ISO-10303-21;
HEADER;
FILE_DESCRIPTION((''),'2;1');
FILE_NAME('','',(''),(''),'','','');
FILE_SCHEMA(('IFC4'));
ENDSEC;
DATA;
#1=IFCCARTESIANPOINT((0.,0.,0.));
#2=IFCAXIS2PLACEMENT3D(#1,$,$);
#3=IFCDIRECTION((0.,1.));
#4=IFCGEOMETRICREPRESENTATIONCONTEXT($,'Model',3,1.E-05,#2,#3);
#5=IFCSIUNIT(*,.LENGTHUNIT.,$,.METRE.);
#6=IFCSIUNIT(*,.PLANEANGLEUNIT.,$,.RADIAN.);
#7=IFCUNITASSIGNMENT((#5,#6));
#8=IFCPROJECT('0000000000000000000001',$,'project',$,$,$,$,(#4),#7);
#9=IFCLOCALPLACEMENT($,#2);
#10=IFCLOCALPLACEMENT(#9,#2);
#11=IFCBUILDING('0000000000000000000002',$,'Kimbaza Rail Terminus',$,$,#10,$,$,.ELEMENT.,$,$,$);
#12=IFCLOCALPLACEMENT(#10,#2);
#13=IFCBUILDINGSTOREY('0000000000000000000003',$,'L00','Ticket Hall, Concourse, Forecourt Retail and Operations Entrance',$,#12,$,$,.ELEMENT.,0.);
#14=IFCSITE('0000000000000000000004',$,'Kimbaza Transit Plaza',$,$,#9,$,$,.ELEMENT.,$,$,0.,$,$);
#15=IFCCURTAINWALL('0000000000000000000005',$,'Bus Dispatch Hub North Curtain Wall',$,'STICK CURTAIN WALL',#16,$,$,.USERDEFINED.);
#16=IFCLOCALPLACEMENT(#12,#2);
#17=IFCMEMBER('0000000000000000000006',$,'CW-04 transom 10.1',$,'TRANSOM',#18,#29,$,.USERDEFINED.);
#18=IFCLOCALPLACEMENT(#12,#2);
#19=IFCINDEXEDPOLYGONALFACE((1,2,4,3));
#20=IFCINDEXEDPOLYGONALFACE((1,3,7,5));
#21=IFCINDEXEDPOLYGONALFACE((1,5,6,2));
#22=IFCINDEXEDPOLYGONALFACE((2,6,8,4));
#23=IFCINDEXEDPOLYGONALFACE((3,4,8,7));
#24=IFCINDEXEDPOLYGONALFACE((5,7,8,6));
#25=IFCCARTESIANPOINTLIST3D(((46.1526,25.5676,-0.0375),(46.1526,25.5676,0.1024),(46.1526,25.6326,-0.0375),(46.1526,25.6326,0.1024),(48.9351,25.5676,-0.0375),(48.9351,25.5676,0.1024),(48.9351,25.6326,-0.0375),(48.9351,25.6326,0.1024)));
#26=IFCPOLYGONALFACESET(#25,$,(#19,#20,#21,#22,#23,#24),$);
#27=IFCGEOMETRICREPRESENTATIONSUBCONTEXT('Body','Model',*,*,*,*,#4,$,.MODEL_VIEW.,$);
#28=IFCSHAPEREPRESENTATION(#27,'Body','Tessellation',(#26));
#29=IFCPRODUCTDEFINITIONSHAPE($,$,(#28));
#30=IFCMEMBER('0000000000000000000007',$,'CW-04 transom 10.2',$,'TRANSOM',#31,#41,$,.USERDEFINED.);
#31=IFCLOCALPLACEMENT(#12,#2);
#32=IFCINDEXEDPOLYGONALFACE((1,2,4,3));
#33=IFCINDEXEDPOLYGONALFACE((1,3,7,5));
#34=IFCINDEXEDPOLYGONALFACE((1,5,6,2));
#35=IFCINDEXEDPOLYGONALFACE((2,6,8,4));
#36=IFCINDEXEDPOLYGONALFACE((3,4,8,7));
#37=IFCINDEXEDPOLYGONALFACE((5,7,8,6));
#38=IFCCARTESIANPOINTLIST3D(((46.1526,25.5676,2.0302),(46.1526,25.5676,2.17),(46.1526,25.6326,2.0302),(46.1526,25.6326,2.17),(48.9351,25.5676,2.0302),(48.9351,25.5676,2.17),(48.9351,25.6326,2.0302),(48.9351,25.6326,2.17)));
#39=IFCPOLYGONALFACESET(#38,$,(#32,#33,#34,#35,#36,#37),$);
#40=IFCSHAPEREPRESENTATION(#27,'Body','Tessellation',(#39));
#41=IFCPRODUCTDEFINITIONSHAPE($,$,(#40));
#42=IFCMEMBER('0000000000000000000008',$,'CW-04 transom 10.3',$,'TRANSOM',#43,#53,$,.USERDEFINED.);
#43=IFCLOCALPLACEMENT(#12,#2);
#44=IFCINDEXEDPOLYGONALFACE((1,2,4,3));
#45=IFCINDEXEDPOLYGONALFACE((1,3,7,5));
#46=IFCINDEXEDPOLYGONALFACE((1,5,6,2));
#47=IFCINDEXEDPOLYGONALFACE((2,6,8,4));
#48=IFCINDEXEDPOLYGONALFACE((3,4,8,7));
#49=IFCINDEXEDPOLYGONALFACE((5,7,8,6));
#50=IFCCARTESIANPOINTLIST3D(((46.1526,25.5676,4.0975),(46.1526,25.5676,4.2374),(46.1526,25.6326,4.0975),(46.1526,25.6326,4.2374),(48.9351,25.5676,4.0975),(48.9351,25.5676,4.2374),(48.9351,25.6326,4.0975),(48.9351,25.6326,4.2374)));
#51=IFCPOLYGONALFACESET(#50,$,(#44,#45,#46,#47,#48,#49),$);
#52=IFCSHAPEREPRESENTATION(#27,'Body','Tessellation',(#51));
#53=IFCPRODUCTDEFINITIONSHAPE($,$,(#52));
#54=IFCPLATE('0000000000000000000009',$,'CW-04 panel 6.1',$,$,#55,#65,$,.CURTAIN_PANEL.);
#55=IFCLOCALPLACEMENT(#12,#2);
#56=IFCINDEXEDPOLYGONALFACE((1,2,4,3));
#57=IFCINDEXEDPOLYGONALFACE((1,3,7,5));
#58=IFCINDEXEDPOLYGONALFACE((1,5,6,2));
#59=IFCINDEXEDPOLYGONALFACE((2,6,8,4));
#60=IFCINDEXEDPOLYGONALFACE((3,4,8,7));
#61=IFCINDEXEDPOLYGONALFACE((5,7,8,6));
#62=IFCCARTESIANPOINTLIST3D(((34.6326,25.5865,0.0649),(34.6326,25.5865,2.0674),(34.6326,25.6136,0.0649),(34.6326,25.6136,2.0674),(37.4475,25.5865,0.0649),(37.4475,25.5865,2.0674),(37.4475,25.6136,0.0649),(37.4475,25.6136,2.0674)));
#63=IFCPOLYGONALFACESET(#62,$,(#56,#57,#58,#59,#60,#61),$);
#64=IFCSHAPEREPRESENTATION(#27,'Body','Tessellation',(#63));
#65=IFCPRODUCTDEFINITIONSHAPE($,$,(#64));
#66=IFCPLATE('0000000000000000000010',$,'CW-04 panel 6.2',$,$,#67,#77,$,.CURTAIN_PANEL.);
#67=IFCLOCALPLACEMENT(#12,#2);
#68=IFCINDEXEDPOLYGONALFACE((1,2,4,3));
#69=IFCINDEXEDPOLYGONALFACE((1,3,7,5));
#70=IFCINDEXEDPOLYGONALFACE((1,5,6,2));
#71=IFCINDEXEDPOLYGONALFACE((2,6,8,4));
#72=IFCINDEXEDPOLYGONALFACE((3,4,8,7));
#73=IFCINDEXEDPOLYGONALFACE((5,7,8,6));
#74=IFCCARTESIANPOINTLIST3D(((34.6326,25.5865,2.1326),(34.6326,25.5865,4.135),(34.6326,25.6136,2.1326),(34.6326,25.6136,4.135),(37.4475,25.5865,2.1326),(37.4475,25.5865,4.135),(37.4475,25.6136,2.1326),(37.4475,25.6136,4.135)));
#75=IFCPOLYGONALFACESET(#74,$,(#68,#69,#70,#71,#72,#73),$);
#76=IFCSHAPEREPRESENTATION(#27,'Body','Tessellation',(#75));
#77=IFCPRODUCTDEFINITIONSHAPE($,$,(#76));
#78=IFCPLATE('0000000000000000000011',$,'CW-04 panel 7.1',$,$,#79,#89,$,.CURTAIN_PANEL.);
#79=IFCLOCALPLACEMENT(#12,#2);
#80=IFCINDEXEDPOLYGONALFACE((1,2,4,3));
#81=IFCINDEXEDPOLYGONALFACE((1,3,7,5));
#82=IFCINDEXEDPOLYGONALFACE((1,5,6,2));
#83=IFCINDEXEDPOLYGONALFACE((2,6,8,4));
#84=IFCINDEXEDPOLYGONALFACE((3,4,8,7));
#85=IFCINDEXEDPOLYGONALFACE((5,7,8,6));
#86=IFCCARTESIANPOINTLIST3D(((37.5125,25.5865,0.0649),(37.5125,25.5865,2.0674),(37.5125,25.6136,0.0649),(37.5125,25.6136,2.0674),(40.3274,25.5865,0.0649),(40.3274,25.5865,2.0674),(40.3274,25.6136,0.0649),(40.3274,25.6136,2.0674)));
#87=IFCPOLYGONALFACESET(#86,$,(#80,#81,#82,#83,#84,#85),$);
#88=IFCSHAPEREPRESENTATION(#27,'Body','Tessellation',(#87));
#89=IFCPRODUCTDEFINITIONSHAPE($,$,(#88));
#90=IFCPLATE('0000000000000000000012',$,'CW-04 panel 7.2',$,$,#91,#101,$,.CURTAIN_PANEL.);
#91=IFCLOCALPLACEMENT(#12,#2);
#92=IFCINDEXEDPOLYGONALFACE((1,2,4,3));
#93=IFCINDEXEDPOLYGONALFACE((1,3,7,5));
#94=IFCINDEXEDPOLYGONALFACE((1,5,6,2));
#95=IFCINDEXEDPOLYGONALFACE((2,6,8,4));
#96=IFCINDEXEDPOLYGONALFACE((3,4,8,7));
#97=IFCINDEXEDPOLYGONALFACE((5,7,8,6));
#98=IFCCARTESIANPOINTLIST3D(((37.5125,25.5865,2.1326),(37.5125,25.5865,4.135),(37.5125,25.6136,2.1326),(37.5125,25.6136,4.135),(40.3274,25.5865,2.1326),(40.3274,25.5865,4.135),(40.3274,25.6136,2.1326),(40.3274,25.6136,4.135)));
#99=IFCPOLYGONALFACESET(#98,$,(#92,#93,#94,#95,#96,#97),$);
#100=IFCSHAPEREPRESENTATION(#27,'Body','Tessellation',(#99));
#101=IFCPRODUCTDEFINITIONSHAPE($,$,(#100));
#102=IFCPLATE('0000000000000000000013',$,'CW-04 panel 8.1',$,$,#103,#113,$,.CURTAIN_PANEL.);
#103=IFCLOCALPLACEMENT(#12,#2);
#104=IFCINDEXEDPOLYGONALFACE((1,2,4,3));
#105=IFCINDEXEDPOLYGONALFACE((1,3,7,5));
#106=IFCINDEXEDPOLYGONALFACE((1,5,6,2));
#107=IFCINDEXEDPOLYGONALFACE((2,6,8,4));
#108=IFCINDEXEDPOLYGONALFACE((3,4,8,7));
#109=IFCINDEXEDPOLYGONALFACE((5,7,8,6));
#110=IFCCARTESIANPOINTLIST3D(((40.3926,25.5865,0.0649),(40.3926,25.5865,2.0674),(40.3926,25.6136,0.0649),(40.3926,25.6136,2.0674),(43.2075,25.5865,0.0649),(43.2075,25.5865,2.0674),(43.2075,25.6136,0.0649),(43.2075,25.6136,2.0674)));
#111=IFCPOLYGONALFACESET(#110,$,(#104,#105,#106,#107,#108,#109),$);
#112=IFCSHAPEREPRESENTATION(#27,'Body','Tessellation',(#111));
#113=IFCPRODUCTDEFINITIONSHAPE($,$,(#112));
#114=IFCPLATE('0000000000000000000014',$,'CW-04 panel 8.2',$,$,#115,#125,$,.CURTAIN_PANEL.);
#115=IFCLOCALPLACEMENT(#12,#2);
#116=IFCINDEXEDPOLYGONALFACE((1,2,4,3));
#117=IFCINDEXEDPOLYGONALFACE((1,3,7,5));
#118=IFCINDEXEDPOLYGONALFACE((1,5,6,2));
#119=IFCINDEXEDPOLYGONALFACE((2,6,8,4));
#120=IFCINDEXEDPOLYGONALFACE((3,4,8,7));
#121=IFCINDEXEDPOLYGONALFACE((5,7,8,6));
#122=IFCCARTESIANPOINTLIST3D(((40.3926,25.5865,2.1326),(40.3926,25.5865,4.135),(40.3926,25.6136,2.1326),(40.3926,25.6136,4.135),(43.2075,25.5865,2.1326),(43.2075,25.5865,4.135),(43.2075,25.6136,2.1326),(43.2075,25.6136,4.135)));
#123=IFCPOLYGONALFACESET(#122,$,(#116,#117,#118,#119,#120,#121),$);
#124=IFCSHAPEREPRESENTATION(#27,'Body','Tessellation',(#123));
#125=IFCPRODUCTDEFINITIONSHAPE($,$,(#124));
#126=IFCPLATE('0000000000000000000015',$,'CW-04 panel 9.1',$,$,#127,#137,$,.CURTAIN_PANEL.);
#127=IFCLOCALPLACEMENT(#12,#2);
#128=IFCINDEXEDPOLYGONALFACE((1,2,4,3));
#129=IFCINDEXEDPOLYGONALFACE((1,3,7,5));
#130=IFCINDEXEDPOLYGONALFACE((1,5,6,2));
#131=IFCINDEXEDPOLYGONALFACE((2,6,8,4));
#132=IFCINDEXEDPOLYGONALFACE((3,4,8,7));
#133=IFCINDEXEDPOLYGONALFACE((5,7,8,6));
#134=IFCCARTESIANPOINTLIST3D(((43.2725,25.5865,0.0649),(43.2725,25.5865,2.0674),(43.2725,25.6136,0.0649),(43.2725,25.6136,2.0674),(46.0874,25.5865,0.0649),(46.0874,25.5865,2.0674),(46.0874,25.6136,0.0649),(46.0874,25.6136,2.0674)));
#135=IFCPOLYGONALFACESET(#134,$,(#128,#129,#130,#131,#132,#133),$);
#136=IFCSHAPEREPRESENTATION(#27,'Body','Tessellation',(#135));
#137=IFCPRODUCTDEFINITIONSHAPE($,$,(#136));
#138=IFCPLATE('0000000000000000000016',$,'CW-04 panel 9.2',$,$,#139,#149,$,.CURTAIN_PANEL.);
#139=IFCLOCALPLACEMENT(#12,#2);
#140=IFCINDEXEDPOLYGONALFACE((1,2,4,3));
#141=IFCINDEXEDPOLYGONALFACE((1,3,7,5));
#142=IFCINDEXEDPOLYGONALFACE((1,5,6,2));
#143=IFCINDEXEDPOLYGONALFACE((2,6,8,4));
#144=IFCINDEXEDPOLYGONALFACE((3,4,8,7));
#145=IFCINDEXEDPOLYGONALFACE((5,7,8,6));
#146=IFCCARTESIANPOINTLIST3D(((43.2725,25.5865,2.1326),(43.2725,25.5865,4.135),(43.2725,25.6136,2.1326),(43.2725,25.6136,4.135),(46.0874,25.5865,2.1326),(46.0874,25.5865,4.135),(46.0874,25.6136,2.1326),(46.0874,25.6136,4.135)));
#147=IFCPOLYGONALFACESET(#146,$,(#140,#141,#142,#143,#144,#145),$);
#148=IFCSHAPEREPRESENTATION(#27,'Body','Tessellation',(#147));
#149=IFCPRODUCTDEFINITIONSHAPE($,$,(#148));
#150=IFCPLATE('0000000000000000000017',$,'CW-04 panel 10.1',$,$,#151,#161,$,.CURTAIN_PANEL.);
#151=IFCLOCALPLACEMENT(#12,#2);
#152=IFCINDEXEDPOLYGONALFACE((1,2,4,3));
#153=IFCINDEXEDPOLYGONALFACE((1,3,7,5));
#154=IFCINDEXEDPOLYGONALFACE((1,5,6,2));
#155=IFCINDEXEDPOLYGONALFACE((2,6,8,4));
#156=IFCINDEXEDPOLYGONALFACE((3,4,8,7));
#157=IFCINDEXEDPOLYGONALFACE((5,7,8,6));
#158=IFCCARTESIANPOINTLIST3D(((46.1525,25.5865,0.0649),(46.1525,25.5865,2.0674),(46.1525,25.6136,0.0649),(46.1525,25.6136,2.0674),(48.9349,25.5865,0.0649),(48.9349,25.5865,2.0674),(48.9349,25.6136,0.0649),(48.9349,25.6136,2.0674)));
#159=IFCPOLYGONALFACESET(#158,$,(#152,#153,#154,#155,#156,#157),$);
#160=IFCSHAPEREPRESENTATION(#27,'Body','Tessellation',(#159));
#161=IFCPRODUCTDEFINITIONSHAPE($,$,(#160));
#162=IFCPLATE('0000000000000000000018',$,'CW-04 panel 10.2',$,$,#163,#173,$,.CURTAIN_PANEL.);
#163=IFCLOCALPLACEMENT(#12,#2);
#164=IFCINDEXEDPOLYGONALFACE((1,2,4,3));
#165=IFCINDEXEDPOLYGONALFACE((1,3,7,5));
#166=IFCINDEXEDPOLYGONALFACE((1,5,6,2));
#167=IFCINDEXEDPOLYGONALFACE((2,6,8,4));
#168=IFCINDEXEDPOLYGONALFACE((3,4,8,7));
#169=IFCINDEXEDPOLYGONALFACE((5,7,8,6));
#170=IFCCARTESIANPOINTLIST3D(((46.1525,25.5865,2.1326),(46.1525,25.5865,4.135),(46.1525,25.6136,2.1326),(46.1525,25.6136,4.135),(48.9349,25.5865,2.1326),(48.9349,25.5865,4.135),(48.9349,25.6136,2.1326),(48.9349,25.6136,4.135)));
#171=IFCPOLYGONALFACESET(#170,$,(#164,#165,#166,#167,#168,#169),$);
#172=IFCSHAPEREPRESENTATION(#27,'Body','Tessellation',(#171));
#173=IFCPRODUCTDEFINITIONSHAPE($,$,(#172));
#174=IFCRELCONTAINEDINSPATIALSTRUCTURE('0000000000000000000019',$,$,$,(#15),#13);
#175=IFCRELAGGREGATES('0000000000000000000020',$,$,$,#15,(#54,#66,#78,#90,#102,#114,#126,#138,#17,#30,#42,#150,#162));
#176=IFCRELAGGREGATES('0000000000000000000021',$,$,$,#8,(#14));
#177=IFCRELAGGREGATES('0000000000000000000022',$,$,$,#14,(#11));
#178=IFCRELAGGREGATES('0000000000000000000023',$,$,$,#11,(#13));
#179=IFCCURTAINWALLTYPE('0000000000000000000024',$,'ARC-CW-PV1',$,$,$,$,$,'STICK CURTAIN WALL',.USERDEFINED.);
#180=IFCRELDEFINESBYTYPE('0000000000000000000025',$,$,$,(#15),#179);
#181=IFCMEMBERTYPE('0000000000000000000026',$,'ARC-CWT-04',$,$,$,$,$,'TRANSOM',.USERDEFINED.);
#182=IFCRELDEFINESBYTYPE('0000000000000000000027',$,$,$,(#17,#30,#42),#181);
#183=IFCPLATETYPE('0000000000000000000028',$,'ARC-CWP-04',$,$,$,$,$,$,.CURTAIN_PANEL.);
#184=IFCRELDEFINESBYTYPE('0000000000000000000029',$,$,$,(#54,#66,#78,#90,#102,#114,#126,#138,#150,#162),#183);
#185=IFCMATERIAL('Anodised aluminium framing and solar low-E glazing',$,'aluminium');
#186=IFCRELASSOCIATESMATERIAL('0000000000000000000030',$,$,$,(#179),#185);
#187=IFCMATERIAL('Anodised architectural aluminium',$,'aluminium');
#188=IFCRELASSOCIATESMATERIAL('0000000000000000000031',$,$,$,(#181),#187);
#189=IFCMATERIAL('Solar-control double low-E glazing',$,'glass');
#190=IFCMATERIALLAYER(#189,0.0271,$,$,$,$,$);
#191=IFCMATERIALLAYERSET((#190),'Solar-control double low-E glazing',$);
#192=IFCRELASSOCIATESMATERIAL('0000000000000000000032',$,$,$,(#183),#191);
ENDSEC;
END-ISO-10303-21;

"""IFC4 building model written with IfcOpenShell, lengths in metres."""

from ifc_helpers import new_model, si_unit, direction, frame, origin, origin_2d, place, context, subcontext, project, spatial, rectangle, extrude, material, layer, layer_set, material_profile, profile_set, type_object, element, aggregate, save


model = new_model("IFC4")

# Units and contexts
model_context = context("Model", 3, precision=1e-05, world=origin(), true_north=direction((0.0, 1.0)))
body_context = subcontext(model_context, "Body", "Model", "MODEL_VIEW")
ifc_project = project(units=[si_unit("LENGTHUNIT", "METRE"), si_unit("PLANEANGLEUNIT", "RADIAN")], contexts=[model_context])

# Site, building, storey
site_placement = place(None, origin())
site = spatial("IfcSite", under=ifc_project, at=site_placement, Name="Kimbaza Transit Plaza", CompositionType="ELEMENT", RefElevation=0.0)
building_placement = place(site_placement, origin())
building = spatial("IfcBuilding", under=site, at=building_placement, Name="Kimbaza Rail Terminus", CompositionType="ELEMENT")
storey_placement = place(building_placement, origin())
storey = spatial("IfcBuildingStorey", under=building, at=storey_placement, Name="L00", Description="Ticket Hall, Concourse, Forecourt Retail and Operations Entrance", CompositionType="ELEMENT", Elevation=0.0)

# Curtain wall, members, plates
ifc_material_1 = material(Name="Anodised aluminium framing and solar low-E glazing", Category="aluminium")
curtain_wall_type = type_object("IfcCurtainWallType", Name="ARC-CW-PV1", ElementType="STICK CURTAIN WALL", PredefinedType="USERDEFINED", material=ifc_material_1)
curtain_wall_placement = place(storey_placement, origin())
curtain_wall = element("IfcCurtainWall", 1, at=curtain_wall_placement, inside=storey, type_object=curtain_wall_type, Name="Bus Dispatch Hub North Curtain Wall", ObjectType="STICK CURTAIN WALL", PredefinedType="USERDEFINED")
ifc_material_2 = material(Name="Anodised architectural aluminium", Category="aluminium")
ifc_material_profile_1 = material_profile(ifc_material_2, rectangle(XDim=0.0649, YDim=0.1399, at=origin_2d()), Name="TRANSOM 65x140")
ifc_profile_set_1 = profile_set([ifc_material_profile_1], Name="Anodised architectural aluminium")
member_type_1 = type_object("IfcMemberType", Name="ARC-CWT-04", ElementType="TRANSOM", PredefinedType="USERDEFINED", material=ifc_profile_set_1)
member_1_placement = place(storey_placement, frame((46.1526, 25.6001, 0.0325), z_axis=(1.0, 0.0, 0.0), x_axis=(0.0, 1.0, 0.0)))
member_1 = element("IfcMember", 2, at=member_1_placement, type_object=member_type_1, Name="CW-04 transom 10.1", ObjectType="TRANSOM", PredefinedType="USERDEFINED", context=body_context, shape_type="SweptSolid", body=[
    extrude(rectangle(XDim=0.0649, YDim=0.1399, at=origin_2d()), origin(), (0.0, 0.0, 1.0), 2.7825),
])
member_2_placement = place(storey_placement, frame((46.1526, 25.6001, 2.1001), z_axis=(1.0, 0.0, 0.0), x_axis=(0.0, 1.0, 0.0)))
member_2 = element("IfcMember", 3, at=member_2_placement, type_object=member_type_1, Name="CW-04 transom 10.2", ObjectType="TRANSOM", PredefinedType="USERDEFINED", context=body_context, shape_type="SweptSolid", body=[
    extrude(rectangle(XDim=0.0649, YDim=0.1399, at=origin_2d()), origin(), (0.0, 0.0, 1.0), 2.7825),
])
member_3_placement = place(storey_placement, frame((46.1526, 25.6001, 4.1675), z_axis=(1.0, 0.0, 0.0), x_axis=(0.0, 1.0, 0.0)))
member_3 = element("IfcMember", 4, at=member_3_placement, type_object=member_type_1, Name="CW-04 transom 10.3", ObjectType="TRANSOM", PredefinedType="USERDEFINED", context=body_context, shape_type="SweptSolid", body=[
    extrude(rectangle(XDim=0.0649, YDim=0.1399, at=origin_2d()), origin(), (0.0, 0.0, 1.0), 2.7825),
])
ifc_material_3 = material(Name="Solar-control double low-E glazing", Category="glass")
ifc_layer = layer(ifc_material_3, 0.0271)
ifc_layer_set = layer_set([ifc_layer], Name="Solar-control double low-E glazing")
plate_type = type_object("IfcPlateType", Name="ARC-CWP-04", PredefinedType="CURTAIN_PANEL", material=ifc_layer_set)
plate_1_placement = place(storey_placement, frame((36.04, 25.6001, 0.0649), z_axis=(0.0, 0.0, 1.0), x_axis=(1.0, 0.0, 0.0)))
plate_1 = element("IfcPlate", 5, at=plate_1_placement, type_object=plate_type, Name="CW-04 panel 6.1", PredefinedType="CURTAIN_PANEL", context=body_context, shape_type="SweptSolid", body=[
    extrude(rectangle(XDim=2.8149, YDim=0.0271, at=origin_2d()), origin(), (0.0, 0.0, 1.0), 2.0024),
])
plate_2_placement = place(storey_placement, frame((36.04, 25.6001, 2.1326), z_axis=(0.0, 0.0, 1.0), x_axis=(1.0, 0.0, 0.0)))
plate_2 = element("IfcPlate", 6, at=plate_2_placement, type_object=plate_type, Name="CW-04 panel 6.2", PredefinedType="CURTAIN_PANEL", context=body_context, shape_type="SweptSolid", body=[
    extrude(rectangle(XDim=2.8149, YDim=0.0271, at=origin_2d()), origin(), (0.0, 0.0, 1.0), 2.0024),
])
plate_3_placement = place(storey_placement, frame((38.9199, 25.6001, 0.0649), z_axis=(0.0, 0.0, 1.0), x_axis=(1.0, 0.0, 0.0)))
plate_3 = element("IfcPlate", 7, at=plate_3_placement, type_object=plate_type, Name="CW-04 panel 7.1", PredefinedType="CURTAIN_PANEL", context=body_context, shape_type="SweptSolid", body=[
    extrude(rectangle(XDim=2.8149, YDim=0.0271, at=origin_2d()), origin(), (0.0, 0.0, 1.0), 2.0024),
])
plate_4_placement = place(storey_placement, frame((38.9199, 25.6001, 2.1326), z_axis=(0.0, 0.0, 1.0), x_axis=(1.0, 0.0, 0.0)))
plate_4 = element("IfcPlate", 8, at=plate_4_placement, type_object=plate_type, Name="CW-04 panel 7.2", PredefinedType="CURTAIN_PANEL", context=body_context, shape_type="SweptSolid", body=[
    extrude(rectangle(XDim=2.8149, YDim=0.0271, at=origin_2d()), origin(), (0.0, 0.0, 1.0), 2.0024),
])
plate_5_placement = place(storey_placement, frame((41.8, 25.6001, 0.0649), z_axis=(0.0, 0.0, 1.0), x_axis=(1.0, 0.0, 0.0)))
plate_5 = element("IfcPlate", 9, at=plate_5_placement, type_object=plate_type, Name="CW-04 panel 8.1", PredefinedType="CURTAIN_PANEL", context=body_context, shape_type="SweptSolid", body=[
    extrude(rectangle(XDim=2.8149, YDim=0.0271, at=origin_2d()), origin(), (0.0, 0.0, 1.0), 2.0024),
])
plate_6_placement = place(storey_placement, frame((41.8, 25.6001, 2.1326), z_axis=(0.0, 0.0, 1.0), x_axis=(1.0, 0.0, 0.0)))
plate_6 = element("IfcPlate", 10, at=plate_6_placement, type_object=plate_type, Name="CW-04 panel 8.2", PredefinedType="CURTAIN_PANEL", context=body_context, shape_type="SweptSolid", body=[
    extrude(rectangle(XDim=2.8149, YDim=0.0271, at=origin_2d()), origin(), (0.0, 0.0, 1.0), 2.0024),
])
plate_7_placement = place(storey_placement, frame((44.6799, 25.6001, 0.0649), z_axis=(0.0, 0.0, 1.0), x_axis=(1.0, 0.0, 0.0)))
plate_7 = element("IfcPlate", 11, at=plate_7_placement, type_object=plate_type, Name="CW-04 panel 9.1", PredefinedType="CURTAIN_PANEL", context=body_context, shape_type="SweptSolid", body=[
    extrude(rectangle(XDim=2.8149, YDim=0.0271, at=origin_2d()), origin(), (0.0, 0.0, 1.0), 2.0024),
])
plate_8_placement = place(storey_placement, frame((44.6799, 25.6001, 2.1326), z_axis=(0.0, 0.0, 1.0), x_axis=(1.0, 0.0, 0.0)))
plate_8 = element("IfcPlate", 12, at=plate_8_placement, type_object=plate_type, Name="CW-04 panel 9.2", PredefinedType="CURTAIN_PANEL", context=body_context, shape_type="SweptSolid", body=[
    extrude(rectangle(XDim=2.8149, YDim=0.0271, at=origin_2d()), origin(), (0.0, 0.0, 1.0), 2.0024),
])
plate_9_placement = place(storey_placement, frame((47.5437, 25.6001, 0.0649), z_axis=(0.0, 0.0, 1.0), x_axis=(1.0, 0.0, 0.0)))
plate_9 = element("IfcPlate", 13, at=plate_9_placement, type_object=plate_type, Name="CW-04 panel 10.1", PredefinedType="CURTAIN_PANEL", context=body_context, shape_type="SweptSolid", body=[
    extrude(rectangle(XDim=2.7825, YDim=0.0271, at=origin_2d()), origin(), (0.0, 0.0, 1.0), 2.0024),
])
plate_10_placement = place(storey_placement, frame((47.5437, 25.6001, 2.1326), z_axis=(0.0, 0.0, 1.0), x_axis=(1.0, 0.0, 0.0)))
plate_10 = element("IfcPlate", 14, at=plate_10_placement, type_object=plate_type, Name="CW-04 panel 10.2", PredefinedType="CURTAIN_PANEL", context=body_context, shape_type="SweptSolid", body=[
    extrude(rectangle(XDim=2.7825, YDim=0.0271, at=origin_2d()), origin(), (0.0, 0.0, 1.0), 2.0024),
])
aggregate(curtain_wall, [plate_1, plate_2, plate_3, plate_4, plate_5, plate_6, plate_7, plate_8, member_1, member_2, member_3, plate_9, plate_10])

save(model, "model.ifc")
